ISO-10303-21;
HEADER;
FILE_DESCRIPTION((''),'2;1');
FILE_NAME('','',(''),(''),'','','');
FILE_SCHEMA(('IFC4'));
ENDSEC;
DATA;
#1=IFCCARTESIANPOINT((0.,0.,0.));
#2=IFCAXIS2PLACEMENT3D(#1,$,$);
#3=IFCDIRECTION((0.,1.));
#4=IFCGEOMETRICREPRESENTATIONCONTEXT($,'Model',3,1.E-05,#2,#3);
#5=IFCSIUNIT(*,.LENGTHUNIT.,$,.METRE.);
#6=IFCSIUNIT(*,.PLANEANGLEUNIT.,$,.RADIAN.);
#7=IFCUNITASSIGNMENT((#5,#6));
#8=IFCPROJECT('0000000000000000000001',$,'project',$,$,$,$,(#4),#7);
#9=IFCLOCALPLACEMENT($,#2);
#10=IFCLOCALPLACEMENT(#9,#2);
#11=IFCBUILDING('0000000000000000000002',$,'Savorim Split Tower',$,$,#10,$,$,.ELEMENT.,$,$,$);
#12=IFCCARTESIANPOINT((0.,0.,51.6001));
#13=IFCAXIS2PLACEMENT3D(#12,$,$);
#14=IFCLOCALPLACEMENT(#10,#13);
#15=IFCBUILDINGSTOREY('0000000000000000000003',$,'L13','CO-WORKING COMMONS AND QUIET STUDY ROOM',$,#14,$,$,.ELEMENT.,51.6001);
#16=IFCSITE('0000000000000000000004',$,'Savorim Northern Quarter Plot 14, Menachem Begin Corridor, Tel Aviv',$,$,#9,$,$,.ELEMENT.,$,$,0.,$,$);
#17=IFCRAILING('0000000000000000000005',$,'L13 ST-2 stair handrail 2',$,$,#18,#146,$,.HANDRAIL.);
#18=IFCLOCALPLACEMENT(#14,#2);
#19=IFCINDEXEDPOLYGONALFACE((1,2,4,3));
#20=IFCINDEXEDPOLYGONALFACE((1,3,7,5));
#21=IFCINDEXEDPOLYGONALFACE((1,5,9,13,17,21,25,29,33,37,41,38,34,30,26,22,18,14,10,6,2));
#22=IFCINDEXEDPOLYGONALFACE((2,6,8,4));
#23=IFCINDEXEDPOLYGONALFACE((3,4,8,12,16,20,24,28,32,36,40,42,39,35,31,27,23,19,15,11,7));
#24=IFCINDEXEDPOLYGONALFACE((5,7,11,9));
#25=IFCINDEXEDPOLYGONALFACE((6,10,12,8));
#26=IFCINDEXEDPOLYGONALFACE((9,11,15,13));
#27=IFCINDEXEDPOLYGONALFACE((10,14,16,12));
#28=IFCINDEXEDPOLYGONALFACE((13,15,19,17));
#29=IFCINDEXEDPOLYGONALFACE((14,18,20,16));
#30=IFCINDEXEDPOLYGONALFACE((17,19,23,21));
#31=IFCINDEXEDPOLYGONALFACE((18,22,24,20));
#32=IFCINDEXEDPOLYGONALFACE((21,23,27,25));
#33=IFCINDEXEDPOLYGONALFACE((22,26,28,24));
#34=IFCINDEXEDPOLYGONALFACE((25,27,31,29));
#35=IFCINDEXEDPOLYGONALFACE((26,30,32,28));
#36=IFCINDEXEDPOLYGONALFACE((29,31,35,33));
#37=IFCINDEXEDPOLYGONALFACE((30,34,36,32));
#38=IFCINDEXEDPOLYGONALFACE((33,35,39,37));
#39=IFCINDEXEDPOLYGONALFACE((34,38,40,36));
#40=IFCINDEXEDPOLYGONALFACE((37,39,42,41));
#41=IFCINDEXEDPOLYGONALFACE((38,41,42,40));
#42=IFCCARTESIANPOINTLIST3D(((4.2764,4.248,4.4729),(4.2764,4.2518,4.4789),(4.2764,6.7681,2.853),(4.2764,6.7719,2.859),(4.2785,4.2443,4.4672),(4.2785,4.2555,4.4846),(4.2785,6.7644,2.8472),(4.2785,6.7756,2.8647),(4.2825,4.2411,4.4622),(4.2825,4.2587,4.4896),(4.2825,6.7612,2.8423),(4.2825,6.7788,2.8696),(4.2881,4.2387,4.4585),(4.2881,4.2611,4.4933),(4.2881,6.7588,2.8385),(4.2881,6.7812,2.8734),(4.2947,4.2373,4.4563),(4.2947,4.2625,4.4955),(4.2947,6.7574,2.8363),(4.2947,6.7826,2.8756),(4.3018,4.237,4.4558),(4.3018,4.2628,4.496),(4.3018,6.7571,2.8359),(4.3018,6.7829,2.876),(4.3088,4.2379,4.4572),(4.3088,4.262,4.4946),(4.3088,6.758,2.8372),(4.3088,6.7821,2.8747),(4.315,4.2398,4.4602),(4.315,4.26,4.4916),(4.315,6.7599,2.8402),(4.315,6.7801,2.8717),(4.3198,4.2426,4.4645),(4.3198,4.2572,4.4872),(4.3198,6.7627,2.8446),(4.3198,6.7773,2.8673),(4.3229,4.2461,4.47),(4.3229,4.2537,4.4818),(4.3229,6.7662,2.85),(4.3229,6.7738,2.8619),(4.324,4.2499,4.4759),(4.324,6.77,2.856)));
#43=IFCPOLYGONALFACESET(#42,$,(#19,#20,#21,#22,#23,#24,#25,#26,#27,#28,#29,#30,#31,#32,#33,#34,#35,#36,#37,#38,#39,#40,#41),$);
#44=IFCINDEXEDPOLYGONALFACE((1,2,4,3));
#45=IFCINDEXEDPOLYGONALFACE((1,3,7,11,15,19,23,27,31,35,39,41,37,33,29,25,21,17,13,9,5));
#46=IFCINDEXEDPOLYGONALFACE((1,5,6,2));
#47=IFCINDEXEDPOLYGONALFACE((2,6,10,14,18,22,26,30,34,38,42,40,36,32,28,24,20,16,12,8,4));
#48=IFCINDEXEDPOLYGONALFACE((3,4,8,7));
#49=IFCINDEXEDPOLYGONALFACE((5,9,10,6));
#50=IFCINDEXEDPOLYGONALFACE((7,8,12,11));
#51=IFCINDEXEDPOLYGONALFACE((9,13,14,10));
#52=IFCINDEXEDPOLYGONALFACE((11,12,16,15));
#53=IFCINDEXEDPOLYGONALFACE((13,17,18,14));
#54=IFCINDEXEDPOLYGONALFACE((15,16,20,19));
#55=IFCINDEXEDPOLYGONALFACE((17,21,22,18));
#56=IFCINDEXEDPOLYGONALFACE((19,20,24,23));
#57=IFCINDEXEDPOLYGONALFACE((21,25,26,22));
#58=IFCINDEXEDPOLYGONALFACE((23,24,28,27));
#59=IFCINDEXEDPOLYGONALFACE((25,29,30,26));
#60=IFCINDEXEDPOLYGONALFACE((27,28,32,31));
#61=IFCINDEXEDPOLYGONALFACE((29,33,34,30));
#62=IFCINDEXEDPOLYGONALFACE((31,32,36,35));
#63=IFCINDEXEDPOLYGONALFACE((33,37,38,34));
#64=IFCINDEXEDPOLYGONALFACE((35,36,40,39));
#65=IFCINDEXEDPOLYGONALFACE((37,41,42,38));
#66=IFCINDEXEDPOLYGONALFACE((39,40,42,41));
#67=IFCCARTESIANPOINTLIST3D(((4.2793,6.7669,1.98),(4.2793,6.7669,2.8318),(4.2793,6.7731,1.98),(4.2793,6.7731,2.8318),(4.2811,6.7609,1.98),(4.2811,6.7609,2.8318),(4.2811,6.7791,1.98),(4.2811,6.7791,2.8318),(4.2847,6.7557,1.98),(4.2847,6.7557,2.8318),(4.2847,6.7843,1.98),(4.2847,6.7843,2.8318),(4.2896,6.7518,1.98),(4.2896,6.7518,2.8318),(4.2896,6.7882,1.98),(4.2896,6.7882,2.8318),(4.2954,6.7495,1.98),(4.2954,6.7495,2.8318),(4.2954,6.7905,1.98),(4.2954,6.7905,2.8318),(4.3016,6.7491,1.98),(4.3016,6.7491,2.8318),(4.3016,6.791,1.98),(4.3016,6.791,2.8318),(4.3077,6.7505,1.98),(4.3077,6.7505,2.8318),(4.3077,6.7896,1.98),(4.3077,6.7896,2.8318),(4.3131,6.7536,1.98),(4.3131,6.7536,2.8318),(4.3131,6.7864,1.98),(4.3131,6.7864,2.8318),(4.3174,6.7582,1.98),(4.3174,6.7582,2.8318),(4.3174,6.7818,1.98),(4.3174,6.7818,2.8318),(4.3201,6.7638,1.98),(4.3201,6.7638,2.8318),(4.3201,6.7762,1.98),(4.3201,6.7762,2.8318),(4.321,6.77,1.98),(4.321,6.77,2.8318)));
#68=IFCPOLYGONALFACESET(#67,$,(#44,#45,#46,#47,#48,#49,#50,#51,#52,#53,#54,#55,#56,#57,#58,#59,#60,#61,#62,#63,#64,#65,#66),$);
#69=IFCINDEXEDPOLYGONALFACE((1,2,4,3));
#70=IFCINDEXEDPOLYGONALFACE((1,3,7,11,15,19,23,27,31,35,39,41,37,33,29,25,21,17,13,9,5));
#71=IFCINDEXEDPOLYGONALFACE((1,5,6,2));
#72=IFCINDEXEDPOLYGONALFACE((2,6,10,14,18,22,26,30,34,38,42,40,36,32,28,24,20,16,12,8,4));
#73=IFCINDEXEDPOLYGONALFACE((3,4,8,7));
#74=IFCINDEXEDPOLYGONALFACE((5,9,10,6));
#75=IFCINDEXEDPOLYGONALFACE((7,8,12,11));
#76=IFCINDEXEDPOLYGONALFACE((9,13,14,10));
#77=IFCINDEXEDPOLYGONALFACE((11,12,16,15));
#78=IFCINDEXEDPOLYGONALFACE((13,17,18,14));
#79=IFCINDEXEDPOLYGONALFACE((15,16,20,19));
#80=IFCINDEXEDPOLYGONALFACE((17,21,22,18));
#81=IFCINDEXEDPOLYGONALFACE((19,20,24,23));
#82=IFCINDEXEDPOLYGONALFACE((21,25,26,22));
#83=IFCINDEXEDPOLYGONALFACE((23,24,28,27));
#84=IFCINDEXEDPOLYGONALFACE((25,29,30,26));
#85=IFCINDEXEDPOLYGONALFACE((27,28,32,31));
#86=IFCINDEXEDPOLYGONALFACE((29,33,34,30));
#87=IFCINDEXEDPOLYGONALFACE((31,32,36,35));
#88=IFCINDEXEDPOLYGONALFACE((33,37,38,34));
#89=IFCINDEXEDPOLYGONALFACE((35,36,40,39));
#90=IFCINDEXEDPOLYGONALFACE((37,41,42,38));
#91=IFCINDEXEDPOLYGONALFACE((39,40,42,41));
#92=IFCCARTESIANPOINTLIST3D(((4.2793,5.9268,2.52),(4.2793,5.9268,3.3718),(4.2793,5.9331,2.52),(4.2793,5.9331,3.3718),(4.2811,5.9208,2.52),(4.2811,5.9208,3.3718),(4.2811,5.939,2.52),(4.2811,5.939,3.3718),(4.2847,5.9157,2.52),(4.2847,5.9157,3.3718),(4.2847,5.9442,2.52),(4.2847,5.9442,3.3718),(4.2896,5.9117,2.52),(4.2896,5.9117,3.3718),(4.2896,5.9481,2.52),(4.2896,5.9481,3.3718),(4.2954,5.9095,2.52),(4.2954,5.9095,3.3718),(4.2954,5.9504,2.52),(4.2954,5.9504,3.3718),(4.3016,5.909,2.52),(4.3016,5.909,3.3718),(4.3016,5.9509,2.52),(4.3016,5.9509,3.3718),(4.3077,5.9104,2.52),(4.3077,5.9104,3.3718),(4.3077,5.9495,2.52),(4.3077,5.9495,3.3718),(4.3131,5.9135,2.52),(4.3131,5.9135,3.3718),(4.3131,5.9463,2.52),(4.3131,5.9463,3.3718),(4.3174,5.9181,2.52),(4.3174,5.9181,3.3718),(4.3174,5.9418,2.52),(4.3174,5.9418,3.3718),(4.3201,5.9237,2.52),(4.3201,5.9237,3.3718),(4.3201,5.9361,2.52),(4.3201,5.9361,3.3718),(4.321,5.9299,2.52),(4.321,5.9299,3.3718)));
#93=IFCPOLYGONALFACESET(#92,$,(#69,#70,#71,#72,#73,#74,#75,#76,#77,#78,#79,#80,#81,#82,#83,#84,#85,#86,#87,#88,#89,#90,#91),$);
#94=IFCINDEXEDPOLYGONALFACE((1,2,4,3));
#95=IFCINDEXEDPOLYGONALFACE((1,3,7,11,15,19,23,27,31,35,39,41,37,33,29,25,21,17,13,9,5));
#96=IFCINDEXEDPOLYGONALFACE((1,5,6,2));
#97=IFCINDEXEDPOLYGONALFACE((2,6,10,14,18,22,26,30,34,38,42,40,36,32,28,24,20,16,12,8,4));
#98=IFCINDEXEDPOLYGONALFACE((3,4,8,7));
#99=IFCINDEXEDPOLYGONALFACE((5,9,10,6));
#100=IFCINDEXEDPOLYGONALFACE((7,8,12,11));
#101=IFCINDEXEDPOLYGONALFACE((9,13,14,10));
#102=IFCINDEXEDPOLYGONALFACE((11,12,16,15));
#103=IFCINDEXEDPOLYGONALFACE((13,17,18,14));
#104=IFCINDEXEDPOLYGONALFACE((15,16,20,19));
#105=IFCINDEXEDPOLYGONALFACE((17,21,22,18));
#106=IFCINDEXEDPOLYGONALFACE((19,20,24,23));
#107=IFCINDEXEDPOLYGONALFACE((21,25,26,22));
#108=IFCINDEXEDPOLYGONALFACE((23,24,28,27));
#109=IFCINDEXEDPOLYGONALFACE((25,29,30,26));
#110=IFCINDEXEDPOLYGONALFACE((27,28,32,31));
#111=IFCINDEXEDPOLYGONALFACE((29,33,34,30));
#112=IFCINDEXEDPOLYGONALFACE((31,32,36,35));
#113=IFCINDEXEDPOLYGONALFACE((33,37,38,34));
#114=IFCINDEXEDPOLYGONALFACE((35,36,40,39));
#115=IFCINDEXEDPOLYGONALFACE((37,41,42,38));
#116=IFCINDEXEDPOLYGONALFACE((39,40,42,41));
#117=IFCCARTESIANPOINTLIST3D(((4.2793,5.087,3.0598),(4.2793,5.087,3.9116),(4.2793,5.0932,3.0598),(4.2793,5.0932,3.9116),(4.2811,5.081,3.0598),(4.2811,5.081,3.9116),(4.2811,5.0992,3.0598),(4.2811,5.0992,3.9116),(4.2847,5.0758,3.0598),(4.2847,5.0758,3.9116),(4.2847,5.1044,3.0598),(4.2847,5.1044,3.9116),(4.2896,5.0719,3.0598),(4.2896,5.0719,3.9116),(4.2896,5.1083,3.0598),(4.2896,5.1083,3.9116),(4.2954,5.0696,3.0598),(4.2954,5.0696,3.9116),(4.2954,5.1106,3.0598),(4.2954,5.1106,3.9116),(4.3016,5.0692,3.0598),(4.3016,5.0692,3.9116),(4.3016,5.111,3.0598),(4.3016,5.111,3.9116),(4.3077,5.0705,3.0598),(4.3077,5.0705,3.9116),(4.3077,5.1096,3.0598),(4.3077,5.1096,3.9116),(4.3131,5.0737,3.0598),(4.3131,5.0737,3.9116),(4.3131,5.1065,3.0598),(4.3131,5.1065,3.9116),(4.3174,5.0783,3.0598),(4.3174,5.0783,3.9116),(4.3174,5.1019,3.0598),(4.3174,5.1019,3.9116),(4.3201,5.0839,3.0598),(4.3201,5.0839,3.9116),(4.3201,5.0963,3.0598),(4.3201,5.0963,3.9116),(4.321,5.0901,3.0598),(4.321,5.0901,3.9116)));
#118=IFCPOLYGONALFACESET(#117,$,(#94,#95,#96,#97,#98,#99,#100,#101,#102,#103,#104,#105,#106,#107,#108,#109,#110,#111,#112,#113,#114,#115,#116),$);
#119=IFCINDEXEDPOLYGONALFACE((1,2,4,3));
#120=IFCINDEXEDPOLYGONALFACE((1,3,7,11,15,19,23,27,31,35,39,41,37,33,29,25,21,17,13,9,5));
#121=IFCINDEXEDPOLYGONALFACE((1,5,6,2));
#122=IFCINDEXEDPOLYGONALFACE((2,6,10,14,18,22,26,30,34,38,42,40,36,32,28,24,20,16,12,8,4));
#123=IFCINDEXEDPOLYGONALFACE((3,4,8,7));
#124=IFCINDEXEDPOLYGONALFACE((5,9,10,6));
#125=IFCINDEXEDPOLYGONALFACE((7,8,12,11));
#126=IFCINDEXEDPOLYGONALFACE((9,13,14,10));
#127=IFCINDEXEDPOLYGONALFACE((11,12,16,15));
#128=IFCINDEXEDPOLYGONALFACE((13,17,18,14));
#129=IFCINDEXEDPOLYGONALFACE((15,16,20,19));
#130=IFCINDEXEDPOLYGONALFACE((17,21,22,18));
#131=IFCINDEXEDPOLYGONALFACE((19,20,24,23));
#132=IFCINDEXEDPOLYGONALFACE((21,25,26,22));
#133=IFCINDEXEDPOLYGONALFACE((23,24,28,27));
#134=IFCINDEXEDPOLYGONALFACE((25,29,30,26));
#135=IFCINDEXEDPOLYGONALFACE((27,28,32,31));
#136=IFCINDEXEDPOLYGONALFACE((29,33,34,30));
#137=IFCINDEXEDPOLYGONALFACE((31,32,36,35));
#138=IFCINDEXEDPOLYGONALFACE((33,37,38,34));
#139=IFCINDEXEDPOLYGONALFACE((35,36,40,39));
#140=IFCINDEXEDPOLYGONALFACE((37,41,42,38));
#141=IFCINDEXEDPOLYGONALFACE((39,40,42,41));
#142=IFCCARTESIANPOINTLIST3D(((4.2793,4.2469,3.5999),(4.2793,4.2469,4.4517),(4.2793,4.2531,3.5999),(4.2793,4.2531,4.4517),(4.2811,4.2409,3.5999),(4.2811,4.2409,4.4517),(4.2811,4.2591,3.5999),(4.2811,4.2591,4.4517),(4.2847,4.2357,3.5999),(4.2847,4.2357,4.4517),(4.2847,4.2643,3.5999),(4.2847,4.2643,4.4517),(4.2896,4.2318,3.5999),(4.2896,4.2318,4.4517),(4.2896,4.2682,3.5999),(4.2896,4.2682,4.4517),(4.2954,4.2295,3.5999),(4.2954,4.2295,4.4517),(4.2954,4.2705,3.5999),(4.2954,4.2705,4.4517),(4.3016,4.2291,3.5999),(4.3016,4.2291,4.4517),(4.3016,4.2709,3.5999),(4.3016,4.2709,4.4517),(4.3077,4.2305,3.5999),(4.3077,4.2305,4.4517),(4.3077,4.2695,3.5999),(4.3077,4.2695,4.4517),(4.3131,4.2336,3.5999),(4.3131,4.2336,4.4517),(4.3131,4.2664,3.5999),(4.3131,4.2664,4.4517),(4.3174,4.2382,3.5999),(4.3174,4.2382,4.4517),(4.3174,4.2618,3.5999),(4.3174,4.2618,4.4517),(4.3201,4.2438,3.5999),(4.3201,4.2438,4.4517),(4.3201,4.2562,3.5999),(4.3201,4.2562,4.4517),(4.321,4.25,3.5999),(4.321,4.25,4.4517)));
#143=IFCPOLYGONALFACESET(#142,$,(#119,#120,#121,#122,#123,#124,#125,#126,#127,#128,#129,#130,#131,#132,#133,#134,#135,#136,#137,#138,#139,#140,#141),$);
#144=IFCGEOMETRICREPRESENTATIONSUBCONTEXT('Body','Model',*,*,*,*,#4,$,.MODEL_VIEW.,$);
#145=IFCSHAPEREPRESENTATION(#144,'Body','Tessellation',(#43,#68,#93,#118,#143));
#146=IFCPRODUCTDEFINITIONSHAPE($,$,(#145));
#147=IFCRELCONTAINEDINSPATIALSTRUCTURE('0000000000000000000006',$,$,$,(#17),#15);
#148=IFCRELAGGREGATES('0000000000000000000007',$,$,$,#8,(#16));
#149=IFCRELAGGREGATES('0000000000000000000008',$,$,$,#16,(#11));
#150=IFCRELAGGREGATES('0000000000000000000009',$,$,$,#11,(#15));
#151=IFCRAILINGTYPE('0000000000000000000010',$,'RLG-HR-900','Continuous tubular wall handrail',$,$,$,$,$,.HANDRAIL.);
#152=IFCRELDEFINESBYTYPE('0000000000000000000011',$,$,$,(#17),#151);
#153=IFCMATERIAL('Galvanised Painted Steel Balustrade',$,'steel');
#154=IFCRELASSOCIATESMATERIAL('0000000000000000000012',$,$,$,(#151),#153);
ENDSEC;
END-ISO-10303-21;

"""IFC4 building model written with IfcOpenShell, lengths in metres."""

from ifc_helpers import new_model, si_unit, direction, frame, origin, origin_2d, place, context, subcontext, project, spatial, circle, extrude, material, type_object, element, save


model = new_model("IFC4")

# Units and contexts
model_context = context("Model", 3, precision=1e-05, world=origin(), true_north=direction((0.0, 1.0)))
body_context = subcontext(model_context, "Body", "Model", "MODEL_VIEW")
ifc_project = project(units=[si_unit("LENGTHUNIT", "METRE"), si_unit("PLANEANGLEUNIT", "RADIAN")], contexts=[model_context])

# Site, building, storey
site_placement = place(None, origin())
site = spatial("IfcSite", under=ifc_project, at=site_placement, Name="Savorim Northern Quarter Plot 14, Menachem Begin Corridor, Tel Aviv", CompositionType="ELEMENT", RefElevation=0.0)
building_placement = place(site_placement, origin())
building = spatial("IfcBuilding", under=site, at=building_placement, Name="Savorim Split Tower", CompositionType="ELEMENT")
storey_placement = place(building_placement, frame((0.0, 0.0, 51.6001)))
storey = spatial("IfcBuildingStorey", under=building, at=storey_placement, Name="L13", Description="CO-WORKING COMMONS AND QUIET STUDY ROOM", CompositionType="ELEMENT", Elevation=51.6001)

# Railing
ifc_material_1 = material(Name="Galvanised Painted Steel Balustrade", Category="steel")
railing_type_1 = type_object("IfcRailingType", Name="RLG-HR-900", Description="Continuous tubular wall handrail", PredefinedType="HANDRAIL", material=ifc_material_1)
railing_1_placement = place(storey_placement, frame((4.3, 6.77, 1.98)))
element("IfcRailing", 1, at=railing_1_placement, inside=storey, type_object=railing_type_1, Name="L13 ST-2 stair handrail 2", PredefinedType="HANDRAIL", context=body_context, shape_type="SweptSolid", body=[
    extrude(circle(Radius=0.0239, at=origin_2d()), frame((0.0, 0.0, 0.876), z_axis=(0.0, -0.8412, 0.540725), x_axis=(1.0, 0.0, 0.0)), (0.0, 0.0, 1.0), 2.9958),
    extrude(circle(Radius=0.021, at=origin_2d()), origin(), (0.0, 0.0, 1.0), 0.8518),
    extrude(circle(Radius=0.021, at=origin_2d()), frame((0.0, -0.8401, 0.54)), (0.0, 0.0, 1.0), 0.8518),
    extrude(circle(Radius=0.021, at=origin_2d()), frame((0.0, -1.6799, 1.0798)), (0.0, 0.0, 1.0), 0.8518),
    extrude(circle(Radius=0.021, at=origin_2d()), frame((0.0, -2.52, 1.6199)), (0.0, 0.0, 1.0), 0.8518),
])

save(model, "model.ifc")
